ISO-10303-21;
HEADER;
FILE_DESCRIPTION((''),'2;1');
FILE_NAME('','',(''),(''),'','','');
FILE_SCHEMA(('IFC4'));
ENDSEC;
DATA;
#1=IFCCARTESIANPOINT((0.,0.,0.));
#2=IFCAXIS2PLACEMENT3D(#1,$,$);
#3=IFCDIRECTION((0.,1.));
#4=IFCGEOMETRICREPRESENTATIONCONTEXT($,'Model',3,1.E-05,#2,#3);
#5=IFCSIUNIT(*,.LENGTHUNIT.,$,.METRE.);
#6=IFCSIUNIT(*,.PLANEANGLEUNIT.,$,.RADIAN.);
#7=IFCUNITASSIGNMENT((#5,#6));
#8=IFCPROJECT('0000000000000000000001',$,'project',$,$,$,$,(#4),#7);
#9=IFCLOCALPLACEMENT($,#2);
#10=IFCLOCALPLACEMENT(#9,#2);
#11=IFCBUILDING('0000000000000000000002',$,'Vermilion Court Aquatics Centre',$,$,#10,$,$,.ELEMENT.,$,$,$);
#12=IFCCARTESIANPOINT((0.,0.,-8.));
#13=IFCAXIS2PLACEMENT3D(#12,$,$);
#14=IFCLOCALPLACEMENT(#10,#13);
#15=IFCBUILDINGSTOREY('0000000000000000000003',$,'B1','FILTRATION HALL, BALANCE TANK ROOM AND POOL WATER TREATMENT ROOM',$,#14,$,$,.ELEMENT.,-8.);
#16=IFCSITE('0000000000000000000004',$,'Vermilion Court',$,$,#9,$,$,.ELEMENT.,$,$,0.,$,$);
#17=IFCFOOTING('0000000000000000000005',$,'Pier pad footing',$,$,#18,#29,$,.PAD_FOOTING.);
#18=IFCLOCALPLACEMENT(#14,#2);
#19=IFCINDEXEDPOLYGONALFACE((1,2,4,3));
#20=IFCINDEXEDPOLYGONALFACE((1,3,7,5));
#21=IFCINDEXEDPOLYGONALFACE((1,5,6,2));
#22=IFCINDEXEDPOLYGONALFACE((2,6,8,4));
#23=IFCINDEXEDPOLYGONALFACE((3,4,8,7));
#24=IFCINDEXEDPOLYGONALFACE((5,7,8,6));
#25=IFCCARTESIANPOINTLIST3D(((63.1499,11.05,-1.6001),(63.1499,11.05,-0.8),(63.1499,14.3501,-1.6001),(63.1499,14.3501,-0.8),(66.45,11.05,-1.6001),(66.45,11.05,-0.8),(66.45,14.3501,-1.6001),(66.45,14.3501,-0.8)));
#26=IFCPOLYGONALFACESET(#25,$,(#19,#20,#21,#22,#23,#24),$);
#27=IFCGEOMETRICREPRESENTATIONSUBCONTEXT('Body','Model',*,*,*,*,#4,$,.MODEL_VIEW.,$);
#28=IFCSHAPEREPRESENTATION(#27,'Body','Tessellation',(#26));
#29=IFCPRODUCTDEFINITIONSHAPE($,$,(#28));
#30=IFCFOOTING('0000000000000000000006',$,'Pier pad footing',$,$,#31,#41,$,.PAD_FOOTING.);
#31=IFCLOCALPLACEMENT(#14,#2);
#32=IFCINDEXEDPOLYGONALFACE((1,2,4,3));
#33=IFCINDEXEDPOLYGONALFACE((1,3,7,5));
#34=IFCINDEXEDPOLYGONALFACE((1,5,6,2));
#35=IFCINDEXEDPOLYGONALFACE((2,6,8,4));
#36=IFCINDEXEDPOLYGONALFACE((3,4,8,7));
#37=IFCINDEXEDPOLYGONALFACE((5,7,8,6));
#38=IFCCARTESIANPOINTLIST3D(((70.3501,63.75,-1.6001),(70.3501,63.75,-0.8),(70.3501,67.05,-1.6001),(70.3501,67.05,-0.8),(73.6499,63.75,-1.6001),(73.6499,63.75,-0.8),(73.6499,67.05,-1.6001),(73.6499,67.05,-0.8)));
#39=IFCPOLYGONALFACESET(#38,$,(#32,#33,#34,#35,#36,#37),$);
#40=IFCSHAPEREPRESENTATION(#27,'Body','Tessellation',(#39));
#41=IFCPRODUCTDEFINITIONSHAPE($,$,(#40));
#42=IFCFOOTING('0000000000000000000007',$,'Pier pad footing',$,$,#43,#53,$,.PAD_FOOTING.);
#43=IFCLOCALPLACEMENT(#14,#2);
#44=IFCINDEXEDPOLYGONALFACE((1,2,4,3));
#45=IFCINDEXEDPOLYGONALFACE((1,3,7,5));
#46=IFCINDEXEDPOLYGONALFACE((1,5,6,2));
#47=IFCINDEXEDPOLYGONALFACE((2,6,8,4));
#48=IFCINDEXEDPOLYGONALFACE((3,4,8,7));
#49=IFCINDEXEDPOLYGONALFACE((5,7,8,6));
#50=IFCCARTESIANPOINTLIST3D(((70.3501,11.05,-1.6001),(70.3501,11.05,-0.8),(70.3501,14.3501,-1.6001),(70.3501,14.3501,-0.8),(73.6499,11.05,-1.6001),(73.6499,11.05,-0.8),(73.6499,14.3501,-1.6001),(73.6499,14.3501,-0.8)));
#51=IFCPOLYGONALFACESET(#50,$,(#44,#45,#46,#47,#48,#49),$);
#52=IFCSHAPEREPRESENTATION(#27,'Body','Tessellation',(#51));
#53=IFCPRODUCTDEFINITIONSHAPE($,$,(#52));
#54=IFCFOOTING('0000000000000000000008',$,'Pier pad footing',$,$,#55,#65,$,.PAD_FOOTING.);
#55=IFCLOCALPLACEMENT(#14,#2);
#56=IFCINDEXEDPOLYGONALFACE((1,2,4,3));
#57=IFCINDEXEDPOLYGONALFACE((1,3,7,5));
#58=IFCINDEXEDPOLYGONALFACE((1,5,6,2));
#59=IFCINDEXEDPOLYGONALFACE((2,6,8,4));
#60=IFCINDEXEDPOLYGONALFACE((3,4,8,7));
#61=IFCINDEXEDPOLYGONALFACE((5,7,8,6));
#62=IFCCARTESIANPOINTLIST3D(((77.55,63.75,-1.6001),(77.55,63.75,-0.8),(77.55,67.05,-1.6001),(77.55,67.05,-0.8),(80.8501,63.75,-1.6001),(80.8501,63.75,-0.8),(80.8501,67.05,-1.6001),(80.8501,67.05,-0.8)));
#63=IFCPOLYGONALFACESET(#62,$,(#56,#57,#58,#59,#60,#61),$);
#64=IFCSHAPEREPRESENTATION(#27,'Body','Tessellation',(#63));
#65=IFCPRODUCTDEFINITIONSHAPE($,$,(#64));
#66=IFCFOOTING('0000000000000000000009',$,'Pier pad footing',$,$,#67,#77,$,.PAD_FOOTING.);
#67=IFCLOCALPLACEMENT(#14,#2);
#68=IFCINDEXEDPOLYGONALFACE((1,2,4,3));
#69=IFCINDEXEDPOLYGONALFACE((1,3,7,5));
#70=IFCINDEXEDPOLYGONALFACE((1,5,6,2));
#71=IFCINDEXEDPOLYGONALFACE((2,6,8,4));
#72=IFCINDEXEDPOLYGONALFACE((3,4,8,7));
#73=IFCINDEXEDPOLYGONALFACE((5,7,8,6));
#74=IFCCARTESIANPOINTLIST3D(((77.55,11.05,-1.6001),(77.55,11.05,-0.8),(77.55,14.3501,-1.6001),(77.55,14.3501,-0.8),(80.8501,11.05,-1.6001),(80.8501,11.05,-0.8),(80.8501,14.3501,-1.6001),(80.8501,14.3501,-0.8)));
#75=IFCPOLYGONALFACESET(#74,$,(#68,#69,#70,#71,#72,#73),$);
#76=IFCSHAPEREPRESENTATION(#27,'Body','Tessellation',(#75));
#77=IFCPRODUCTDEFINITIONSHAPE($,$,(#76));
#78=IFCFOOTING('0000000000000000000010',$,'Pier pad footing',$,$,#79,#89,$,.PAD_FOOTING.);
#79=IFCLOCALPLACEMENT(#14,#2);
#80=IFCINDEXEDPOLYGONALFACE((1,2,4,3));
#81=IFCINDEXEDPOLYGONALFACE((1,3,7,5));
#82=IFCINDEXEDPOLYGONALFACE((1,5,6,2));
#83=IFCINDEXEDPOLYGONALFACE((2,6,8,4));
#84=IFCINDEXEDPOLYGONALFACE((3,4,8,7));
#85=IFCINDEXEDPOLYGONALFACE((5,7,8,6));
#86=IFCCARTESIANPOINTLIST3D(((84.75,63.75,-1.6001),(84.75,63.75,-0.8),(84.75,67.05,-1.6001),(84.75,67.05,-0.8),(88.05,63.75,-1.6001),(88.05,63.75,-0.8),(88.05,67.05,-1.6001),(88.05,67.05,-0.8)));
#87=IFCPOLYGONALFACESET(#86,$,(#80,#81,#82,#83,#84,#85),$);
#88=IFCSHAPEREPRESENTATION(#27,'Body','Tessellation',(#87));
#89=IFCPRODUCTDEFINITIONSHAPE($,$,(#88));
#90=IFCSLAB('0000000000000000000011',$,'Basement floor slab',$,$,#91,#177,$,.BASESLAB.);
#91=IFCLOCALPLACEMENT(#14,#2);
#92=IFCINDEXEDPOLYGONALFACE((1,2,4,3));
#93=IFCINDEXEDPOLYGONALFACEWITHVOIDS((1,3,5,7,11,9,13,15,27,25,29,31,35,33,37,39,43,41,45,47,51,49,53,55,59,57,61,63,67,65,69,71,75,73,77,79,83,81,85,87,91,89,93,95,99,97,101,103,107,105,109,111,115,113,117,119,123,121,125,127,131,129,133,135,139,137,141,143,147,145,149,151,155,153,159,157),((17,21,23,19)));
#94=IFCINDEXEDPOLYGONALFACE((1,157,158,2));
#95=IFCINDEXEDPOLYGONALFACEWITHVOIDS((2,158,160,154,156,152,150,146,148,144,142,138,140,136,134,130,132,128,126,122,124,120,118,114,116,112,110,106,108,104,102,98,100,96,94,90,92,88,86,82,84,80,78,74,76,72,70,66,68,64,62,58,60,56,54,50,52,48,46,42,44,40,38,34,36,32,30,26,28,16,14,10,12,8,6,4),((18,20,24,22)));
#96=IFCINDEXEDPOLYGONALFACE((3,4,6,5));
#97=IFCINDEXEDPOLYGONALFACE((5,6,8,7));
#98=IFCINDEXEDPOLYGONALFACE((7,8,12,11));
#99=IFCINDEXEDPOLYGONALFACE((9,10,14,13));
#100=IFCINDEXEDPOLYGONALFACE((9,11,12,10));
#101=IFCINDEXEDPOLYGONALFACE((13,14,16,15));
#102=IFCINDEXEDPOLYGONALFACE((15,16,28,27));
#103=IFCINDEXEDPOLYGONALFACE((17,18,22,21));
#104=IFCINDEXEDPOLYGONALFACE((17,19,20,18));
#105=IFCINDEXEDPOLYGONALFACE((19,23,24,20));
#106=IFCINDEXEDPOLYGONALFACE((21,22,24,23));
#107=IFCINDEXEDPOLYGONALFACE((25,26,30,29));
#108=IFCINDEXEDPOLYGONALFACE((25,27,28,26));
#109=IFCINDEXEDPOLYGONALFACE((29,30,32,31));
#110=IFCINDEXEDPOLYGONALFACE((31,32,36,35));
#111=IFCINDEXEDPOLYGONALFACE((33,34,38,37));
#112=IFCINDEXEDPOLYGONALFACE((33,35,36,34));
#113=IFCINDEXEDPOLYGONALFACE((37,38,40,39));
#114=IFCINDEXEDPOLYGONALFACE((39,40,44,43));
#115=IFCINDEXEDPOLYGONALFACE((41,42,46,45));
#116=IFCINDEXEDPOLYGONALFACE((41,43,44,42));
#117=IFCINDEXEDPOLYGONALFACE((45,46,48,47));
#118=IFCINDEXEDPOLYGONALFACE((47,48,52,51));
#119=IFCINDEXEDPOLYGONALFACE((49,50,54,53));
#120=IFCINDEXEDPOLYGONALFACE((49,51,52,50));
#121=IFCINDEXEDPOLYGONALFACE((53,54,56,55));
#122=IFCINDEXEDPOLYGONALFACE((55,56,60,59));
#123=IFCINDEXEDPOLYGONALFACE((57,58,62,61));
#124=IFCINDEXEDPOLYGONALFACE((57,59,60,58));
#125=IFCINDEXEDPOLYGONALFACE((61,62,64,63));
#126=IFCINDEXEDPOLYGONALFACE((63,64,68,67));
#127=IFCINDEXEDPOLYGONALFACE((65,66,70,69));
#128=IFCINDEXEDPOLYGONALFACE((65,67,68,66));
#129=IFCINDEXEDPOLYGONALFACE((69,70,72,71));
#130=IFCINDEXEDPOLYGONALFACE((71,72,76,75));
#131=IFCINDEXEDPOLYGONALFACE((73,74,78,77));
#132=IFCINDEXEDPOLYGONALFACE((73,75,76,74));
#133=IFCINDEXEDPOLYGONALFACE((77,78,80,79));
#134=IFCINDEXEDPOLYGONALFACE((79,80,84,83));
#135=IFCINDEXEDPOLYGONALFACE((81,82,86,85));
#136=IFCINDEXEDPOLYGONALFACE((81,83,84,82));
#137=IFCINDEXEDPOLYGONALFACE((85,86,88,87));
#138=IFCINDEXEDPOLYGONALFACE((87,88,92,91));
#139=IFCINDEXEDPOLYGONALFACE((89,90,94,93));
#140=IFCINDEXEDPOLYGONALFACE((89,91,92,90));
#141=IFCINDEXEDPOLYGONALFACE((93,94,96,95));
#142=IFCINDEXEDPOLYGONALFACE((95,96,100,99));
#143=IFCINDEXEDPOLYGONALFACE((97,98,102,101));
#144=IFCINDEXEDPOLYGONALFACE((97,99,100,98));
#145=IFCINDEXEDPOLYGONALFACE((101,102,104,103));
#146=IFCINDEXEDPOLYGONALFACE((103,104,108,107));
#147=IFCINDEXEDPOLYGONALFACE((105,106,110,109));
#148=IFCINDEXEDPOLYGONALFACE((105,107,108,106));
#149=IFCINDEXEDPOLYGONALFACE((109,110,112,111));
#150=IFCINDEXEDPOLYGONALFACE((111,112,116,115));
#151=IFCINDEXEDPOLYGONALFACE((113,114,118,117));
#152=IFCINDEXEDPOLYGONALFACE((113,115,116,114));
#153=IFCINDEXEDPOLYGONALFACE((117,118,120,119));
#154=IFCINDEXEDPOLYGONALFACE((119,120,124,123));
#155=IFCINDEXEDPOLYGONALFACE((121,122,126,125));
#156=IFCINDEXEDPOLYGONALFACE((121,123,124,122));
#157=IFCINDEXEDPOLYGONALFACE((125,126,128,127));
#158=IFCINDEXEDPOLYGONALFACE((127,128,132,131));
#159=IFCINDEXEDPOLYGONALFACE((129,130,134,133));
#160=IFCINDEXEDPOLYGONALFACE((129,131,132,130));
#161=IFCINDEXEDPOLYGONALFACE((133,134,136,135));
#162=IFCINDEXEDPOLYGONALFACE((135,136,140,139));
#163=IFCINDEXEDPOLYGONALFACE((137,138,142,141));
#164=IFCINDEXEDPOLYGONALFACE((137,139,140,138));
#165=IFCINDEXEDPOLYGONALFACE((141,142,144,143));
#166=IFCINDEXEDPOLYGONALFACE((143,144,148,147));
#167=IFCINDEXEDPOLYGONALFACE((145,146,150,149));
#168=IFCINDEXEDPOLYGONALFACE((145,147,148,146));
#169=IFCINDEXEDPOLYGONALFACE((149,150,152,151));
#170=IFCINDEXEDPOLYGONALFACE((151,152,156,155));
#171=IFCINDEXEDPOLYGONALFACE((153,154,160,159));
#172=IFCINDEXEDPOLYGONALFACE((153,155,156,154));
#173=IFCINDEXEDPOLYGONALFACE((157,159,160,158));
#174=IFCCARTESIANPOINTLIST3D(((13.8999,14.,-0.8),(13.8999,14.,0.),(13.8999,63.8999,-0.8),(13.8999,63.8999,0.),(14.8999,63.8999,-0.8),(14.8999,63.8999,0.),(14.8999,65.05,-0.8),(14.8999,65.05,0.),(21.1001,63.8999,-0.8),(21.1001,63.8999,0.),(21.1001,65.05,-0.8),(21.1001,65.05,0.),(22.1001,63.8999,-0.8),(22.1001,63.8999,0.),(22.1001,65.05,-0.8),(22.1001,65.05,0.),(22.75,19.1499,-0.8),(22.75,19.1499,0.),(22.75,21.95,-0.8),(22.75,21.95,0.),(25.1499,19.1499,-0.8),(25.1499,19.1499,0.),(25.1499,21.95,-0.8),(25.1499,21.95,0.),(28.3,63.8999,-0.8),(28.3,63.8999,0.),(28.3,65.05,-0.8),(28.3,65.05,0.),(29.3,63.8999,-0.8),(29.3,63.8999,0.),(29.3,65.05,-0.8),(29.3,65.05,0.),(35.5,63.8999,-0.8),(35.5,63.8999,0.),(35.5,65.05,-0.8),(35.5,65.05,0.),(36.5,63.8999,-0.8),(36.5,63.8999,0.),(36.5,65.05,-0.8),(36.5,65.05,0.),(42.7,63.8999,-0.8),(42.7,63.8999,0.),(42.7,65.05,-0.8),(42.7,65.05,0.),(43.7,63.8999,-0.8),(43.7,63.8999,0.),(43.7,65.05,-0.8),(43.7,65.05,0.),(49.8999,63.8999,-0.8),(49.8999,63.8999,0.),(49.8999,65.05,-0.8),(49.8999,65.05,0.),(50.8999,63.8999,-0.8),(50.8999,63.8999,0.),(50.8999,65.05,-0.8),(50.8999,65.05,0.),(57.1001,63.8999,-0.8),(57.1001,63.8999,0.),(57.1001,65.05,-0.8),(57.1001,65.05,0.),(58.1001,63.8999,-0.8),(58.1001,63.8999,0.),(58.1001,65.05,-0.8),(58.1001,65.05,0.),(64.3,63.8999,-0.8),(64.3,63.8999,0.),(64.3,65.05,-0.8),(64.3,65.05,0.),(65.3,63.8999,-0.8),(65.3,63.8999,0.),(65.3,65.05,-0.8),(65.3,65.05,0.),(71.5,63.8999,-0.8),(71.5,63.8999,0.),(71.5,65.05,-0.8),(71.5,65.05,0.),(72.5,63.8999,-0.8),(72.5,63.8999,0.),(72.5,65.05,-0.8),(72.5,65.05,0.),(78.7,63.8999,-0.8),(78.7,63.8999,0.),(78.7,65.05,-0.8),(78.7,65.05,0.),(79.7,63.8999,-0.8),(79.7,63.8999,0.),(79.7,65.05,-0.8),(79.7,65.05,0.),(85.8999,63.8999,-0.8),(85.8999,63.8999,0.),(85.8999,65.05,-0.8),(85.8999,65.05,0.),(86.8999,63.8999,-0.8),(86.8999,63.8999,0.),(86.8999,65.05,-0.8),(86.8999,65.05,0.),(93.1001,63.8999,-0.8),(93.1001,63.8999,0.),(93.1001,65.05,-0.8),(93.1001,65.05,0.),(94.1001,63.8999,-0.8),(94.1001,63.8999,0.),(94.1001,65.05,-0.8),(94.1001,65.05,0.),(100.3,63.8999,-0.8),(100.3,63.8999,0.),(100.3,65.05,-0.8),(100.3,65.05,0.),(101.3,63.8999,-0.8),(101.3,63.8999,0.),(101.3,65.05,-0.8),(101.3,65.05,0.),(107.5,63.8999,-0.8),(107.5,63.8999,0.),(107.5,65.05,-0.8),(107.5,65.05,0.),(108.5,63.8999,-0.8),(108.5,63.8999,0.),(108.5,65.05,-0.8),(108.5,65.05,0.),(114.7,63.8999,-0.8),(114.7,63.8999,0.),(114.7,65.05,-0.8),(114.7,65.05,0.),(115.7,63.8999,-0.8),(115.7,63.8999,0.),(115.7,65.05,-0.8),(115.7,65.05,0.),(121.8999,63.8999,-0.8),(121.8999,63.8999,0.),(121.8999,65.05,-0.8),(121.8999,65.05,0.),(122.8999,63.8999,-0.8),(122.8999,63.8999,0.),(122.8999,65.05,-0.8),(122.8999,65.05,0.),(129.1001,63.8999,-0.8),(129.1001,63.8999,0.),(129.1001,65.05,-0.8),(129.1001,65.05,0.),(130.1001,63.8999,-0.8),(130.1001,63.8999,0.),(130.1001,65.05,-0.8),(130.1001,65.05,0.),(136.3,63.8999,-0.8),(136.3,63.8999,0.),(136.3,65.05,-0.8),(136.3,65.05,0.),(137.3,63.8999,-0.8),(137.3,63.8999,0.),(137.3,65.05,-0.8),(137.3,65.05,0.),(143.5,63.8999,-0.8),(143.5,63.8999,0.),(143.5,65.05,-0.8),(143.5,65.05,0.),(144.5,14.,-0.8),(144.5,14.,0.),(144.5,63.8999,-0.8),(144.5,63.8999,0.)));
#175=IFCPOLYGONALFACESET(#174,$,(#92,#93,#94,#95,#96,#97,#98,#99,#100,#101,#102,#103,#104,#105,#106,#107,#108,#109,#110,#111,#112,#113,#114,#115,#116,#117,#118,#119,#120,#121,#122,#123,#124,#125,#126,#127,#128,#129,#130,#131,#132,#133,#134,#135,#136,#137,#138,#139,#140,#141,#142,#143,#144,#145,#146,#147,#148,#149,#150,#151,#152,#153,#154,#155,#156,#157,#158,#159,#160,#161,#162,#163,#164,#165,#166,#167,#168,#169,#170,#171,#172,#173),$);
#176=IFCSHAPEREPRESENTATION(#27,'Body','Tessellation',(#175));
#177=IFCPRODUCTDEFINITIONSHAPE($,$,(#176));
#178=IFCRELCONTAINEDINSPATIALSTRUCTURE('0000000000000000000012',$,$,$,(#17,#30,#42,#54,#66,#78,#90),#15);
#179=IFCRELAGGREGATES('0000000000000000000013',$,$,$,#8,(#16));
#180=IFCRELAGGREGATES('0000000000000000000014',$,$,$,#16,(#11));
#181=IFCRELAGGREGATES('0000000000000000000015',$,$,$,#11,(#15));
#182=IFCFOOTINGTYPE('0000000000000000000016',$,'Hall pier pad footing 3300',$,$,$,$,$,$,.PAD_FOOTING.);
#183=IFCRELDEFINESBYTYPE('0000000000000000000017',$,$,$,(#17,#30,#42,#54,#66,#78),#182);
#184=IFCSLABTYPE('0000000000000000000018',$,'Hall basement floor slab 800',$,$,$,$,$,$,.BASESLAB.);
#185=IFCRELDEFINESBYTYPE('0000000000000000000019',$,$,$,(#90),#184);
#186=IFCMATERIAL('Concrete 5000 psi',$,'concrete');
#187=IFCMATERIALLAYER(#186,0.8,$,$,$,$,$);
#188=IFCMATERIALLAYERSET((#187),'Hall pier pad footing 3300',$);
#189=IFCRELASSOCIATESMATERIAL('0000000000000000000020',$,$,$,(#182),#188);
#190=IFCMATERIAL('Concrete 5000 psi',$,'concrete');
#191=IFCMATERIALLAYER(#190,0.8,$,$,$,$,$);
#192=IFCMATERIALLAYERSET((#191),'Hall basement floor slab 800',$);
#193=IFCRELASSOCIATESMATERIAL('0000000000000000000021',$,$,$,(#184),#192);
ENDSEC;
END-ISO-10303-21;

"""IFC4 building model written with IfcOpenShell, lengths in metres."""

from ifc_helpers import new_model, si_unit, direction, frame, origin, place, context, subcontext, project, spatial, polyline, outline, extrude, material, layer, layer_set, type_object, element, save


model = new_model("IFC4")

# Units and contexts
model_context = context("Model", 3, precision=1e-05, world=origin(), true_north=direction((0.0, 1.0)))
body_context = subcontext(model_context, "Body", "Model", "MODEL_VIEW")
ifc_project = project(units=[si_unit("LENGTHUNIT", "METRE"), si_unit("PLANEANGLEUNIT", "RADIAN")], contexts=[model_context])

# Site, building, storey
site_placement = place(None, origin())
site = spatial("IfcSite", under=ifc_project, at=site_placement, Name="Vermilion Court", CompositionType="ELEMENT", RefElevation=0.0)
building_placement = place(site_placement, origin())
building = spatial("IfcBuilding", under=site, at=building_placement, Name="Vermilion Court Aquatics Centre", CompositionType="ELEMENT")
storey_placement = place(building_placement, frame((0.0, 0.0, -8.0)))
storey = spatial("IfcBuildingStorey", under=building, at=storey_placement, Name="B1", Description="FILTRATION HALL, BALANCE TANK ROOM AND POOL WATER TREATMENT ROOM", CompositionType="ELEMENT", Elevation=-8.0)

# Footings
ifc_material_1 = material(Name="Concrete 5000 psi", Category="concrete")
ifc_layer_1 = layer(ifc_material_1, 0.8)
ifc_layer_set_1 = layer_set([ifc_layer_1], Name="Hall pier pad footing 3300")
footing_type = type_object("IfcFootingType", Name="Hall pier pad footing 3300", PredefinedType="PAD_FOOTING", material=ifc_layer_set_1)
footing_1_placement = place(storey_placement, frame((0.0, 0.0, -1.6001)))
element("IfcFooting", 1, at=footing_1_placement, inside=storey, type_object=footing_type, Name="Pier pad footing", PredefinedType="PAD_FOOTING", context=body_context, shape_type="SweptSolid", body=[
    extrude(outline(polyline([(63.1499, 11.05), (66.45, 11.05), (66.45, 14.3501), (63.1499, 14.3501), (63.1499, 11.05)])), origin(), (0.0, 0.0, 1.0), 0.8),
])
footing_2_placement = place(storey_placement, frame((0.0, 0.0, -1.6001)))
element("IfcFooting", 2, at=footing_2_placement, inside=storey, type_object=footing_type, Name="Pier pad footing", PredefinedType="PAD_FOOTING", context=body_context, shape_type="SweptSolid", body=[
    extrude(outline(polyline([(70.3501, 63.75), (73.6499, 63.75), (73.6499, 67.05), (70.3501, 67.05), (70.3501, 63.75)])), origin(), (0.0, 0.0, 1.0), 0.8),
])
footing_3_placement = place(storey_placement, frame((0.0, 0.0, -1.6001)))
element("IfcFooting", 3, at=footing_3_placement, inside=storey, type_object=footing_type, Name="Pier pad footing", PredefinedType="PAD_FOOTING", context=body_context, shape_type="SweptSolid", body=[
    extrude(outline(polyline([(70.3501, 11.05), (73.6499, 11.05), (73.6499, 14.3501), (70.3501, 14.3501), (70.3501, 11.05)])), origin(), (0.0, 0.0, 1.0), 0.8),
])
footing_4_placement = place(storey_placement, frame((0.0, 0.0, -1.6001)))
element("IfcFooting", 4, at=footing_4_placement, inside=storey, type_object=footing_type, Name="Pier pad footing", PredefinedType="PAD_FOOTING", context=body_context, shape_type="SweptSolid", body=[
    extrude(outline(polyline([(77.55, 63.75), (80.8501, 63.75), (80.8501, 67.05), (77.55, 67.05), (77.55, 63.75)])), origin(), (0.0, 0.0, 1.0), 0.8),
])
footing_5_placement = place(storey_placement, frame((0.0, 0.0, -1.6001)))
element("IfcFooting", 5, at=footing_5_placement, inside=storey, type_object=footing_type, Name="Pier pad footing", PredefinedType="PAD_FOOTING", context=body_context, shape_type="SweptSolid", body=[
    extrude(outline(polyline([(77.55, 11.05), (80.8501, 11.05), (80.8501, 14.3501), (77.55, 14.3501), (77.55, 11.05)])), origin(), (0.0, 0.0, 1.0), 0.8),
])
footing_6_placement = place(storey_placement, frame((0.0, 0.0, -1.6001)))
element("IfcFooting", 6, at=footing_6_placement, inside=storey, type_object=footing_type, Name="Pier pad footing", PredefinedType="PAD_FOOTING", context=body_context, shape_type="SweptSolid", body=[
    extrude(outline(polyline([(84.75, 63.75), (88.05, 63.75), (88.05, 67.05), (84.75, 67.05), (84.75, 63.75)])), origin(), (0.0, 0.0, 1.0), 0.8),
])

# Slab
ifc_material_2 = material(Name="Concrete 5000 psi", Category="concrete")
ifc_layer_2 = layer(ifc_material_2, 0.8)
ifc_layer_set_2 = layer_set([ifc_layer_2], Name="Hall basement floor slab 800")
slab_type = type_object("IfcSlabType", Name="Hall basement floor slab 800", PredefinedType="BASESLAB", material=ifc_layer_set_2)
slab_placement = place(storey_placement, frame((0.0, 0.0, -0.8)))
element("IfcSlab", 7, at=slab_placement, inside=storey, type_object=slab_type, Name="Basement floor slab", PredefinedType="BASESLAB", context=body_context, shape_type="SweptSolid", body=[
    extrude(outline(polyline([(13.8999, 14.0), (13.8999, 63.8999), (14.8999, 63.8999), (14.8999, 65.05), (21.1001, 65.05), (21.1001, 63.8999), (22.1001, 63.8999), (22.1001, 65.05), (28.3, 65.05), (28.3, 63.8999), (29.3, 63.8999), (29.3, 65.05), (35.5, 65.05), (35.5, 63.8999), (36.5, 63.8999), (36.5, 65.05), (42.7, 65.05), (42.7, 63.8999), (43.7, 63.8999), (43.7, 65.05), (49.8999, 65.05), (49.8999, 63.8999), (50.8999, 63.8999), (50.8999, 65.05), (57.1001, 65.05), (57.1001, 63.8999), (58.1001, 63.8999), (58.1001, 65.05), (64.3, 65.05), (64.3, 63.8999), (65.3, 63.8999), (65.3, 65.05), (71.5, 65.05), (71.5, 63.8999), (72.5, 63.8999), (72.5, 65.05), (78.7, 65.05), (78.7, 63.8999), (79.7, 63.8999), (79.7, 65.05), (85.8999, 65.05), (85.8999, 63.8999), (86.8999, 63.8999), (86.8999, 65.05), (93.1001, 65.05), (93.1001, 63.8999), (94.1001, 63.8999), (94.1001, 65.05), (100.3, 65.05), (100.3, 63.8999), (101.3, 63.8999), (101.3, 65.05), (107.5, 65.05), (107.5, 63.8999), (108.5, 63.8999), (108.5, 65.05), (114.7, 65.05), (114.7, 63.8999), (115.7, 63.8999), (115.7, 65.05), (121.8999, 65.05), (121.8999, 63.8999), (122.8999, 63.8999), (122.8999, 65.05), (129.1001, 65.05), (129.1001, 63.8999), (130.1001, 63.8999), (130.1001, 65.05), (136.3, 65.05), (136.3, 63.8999), (137.3, 63.8999), (137.3, 65.05), (143.5, 65.05), (143.5, 63.8999), (144.5, 63.8999), (144.5, 14.0), (13.8999, 14.0)]), holes=[polyline([(25.1499, 21.95), (22.75, 21.95), (22.75, 19.1499), (25.1499, 19.1499), (25.1499, 21.95)])]), origin(), (0.0, 0.0, 1.0), 0.8),
])

save(model, "model.ifc")
